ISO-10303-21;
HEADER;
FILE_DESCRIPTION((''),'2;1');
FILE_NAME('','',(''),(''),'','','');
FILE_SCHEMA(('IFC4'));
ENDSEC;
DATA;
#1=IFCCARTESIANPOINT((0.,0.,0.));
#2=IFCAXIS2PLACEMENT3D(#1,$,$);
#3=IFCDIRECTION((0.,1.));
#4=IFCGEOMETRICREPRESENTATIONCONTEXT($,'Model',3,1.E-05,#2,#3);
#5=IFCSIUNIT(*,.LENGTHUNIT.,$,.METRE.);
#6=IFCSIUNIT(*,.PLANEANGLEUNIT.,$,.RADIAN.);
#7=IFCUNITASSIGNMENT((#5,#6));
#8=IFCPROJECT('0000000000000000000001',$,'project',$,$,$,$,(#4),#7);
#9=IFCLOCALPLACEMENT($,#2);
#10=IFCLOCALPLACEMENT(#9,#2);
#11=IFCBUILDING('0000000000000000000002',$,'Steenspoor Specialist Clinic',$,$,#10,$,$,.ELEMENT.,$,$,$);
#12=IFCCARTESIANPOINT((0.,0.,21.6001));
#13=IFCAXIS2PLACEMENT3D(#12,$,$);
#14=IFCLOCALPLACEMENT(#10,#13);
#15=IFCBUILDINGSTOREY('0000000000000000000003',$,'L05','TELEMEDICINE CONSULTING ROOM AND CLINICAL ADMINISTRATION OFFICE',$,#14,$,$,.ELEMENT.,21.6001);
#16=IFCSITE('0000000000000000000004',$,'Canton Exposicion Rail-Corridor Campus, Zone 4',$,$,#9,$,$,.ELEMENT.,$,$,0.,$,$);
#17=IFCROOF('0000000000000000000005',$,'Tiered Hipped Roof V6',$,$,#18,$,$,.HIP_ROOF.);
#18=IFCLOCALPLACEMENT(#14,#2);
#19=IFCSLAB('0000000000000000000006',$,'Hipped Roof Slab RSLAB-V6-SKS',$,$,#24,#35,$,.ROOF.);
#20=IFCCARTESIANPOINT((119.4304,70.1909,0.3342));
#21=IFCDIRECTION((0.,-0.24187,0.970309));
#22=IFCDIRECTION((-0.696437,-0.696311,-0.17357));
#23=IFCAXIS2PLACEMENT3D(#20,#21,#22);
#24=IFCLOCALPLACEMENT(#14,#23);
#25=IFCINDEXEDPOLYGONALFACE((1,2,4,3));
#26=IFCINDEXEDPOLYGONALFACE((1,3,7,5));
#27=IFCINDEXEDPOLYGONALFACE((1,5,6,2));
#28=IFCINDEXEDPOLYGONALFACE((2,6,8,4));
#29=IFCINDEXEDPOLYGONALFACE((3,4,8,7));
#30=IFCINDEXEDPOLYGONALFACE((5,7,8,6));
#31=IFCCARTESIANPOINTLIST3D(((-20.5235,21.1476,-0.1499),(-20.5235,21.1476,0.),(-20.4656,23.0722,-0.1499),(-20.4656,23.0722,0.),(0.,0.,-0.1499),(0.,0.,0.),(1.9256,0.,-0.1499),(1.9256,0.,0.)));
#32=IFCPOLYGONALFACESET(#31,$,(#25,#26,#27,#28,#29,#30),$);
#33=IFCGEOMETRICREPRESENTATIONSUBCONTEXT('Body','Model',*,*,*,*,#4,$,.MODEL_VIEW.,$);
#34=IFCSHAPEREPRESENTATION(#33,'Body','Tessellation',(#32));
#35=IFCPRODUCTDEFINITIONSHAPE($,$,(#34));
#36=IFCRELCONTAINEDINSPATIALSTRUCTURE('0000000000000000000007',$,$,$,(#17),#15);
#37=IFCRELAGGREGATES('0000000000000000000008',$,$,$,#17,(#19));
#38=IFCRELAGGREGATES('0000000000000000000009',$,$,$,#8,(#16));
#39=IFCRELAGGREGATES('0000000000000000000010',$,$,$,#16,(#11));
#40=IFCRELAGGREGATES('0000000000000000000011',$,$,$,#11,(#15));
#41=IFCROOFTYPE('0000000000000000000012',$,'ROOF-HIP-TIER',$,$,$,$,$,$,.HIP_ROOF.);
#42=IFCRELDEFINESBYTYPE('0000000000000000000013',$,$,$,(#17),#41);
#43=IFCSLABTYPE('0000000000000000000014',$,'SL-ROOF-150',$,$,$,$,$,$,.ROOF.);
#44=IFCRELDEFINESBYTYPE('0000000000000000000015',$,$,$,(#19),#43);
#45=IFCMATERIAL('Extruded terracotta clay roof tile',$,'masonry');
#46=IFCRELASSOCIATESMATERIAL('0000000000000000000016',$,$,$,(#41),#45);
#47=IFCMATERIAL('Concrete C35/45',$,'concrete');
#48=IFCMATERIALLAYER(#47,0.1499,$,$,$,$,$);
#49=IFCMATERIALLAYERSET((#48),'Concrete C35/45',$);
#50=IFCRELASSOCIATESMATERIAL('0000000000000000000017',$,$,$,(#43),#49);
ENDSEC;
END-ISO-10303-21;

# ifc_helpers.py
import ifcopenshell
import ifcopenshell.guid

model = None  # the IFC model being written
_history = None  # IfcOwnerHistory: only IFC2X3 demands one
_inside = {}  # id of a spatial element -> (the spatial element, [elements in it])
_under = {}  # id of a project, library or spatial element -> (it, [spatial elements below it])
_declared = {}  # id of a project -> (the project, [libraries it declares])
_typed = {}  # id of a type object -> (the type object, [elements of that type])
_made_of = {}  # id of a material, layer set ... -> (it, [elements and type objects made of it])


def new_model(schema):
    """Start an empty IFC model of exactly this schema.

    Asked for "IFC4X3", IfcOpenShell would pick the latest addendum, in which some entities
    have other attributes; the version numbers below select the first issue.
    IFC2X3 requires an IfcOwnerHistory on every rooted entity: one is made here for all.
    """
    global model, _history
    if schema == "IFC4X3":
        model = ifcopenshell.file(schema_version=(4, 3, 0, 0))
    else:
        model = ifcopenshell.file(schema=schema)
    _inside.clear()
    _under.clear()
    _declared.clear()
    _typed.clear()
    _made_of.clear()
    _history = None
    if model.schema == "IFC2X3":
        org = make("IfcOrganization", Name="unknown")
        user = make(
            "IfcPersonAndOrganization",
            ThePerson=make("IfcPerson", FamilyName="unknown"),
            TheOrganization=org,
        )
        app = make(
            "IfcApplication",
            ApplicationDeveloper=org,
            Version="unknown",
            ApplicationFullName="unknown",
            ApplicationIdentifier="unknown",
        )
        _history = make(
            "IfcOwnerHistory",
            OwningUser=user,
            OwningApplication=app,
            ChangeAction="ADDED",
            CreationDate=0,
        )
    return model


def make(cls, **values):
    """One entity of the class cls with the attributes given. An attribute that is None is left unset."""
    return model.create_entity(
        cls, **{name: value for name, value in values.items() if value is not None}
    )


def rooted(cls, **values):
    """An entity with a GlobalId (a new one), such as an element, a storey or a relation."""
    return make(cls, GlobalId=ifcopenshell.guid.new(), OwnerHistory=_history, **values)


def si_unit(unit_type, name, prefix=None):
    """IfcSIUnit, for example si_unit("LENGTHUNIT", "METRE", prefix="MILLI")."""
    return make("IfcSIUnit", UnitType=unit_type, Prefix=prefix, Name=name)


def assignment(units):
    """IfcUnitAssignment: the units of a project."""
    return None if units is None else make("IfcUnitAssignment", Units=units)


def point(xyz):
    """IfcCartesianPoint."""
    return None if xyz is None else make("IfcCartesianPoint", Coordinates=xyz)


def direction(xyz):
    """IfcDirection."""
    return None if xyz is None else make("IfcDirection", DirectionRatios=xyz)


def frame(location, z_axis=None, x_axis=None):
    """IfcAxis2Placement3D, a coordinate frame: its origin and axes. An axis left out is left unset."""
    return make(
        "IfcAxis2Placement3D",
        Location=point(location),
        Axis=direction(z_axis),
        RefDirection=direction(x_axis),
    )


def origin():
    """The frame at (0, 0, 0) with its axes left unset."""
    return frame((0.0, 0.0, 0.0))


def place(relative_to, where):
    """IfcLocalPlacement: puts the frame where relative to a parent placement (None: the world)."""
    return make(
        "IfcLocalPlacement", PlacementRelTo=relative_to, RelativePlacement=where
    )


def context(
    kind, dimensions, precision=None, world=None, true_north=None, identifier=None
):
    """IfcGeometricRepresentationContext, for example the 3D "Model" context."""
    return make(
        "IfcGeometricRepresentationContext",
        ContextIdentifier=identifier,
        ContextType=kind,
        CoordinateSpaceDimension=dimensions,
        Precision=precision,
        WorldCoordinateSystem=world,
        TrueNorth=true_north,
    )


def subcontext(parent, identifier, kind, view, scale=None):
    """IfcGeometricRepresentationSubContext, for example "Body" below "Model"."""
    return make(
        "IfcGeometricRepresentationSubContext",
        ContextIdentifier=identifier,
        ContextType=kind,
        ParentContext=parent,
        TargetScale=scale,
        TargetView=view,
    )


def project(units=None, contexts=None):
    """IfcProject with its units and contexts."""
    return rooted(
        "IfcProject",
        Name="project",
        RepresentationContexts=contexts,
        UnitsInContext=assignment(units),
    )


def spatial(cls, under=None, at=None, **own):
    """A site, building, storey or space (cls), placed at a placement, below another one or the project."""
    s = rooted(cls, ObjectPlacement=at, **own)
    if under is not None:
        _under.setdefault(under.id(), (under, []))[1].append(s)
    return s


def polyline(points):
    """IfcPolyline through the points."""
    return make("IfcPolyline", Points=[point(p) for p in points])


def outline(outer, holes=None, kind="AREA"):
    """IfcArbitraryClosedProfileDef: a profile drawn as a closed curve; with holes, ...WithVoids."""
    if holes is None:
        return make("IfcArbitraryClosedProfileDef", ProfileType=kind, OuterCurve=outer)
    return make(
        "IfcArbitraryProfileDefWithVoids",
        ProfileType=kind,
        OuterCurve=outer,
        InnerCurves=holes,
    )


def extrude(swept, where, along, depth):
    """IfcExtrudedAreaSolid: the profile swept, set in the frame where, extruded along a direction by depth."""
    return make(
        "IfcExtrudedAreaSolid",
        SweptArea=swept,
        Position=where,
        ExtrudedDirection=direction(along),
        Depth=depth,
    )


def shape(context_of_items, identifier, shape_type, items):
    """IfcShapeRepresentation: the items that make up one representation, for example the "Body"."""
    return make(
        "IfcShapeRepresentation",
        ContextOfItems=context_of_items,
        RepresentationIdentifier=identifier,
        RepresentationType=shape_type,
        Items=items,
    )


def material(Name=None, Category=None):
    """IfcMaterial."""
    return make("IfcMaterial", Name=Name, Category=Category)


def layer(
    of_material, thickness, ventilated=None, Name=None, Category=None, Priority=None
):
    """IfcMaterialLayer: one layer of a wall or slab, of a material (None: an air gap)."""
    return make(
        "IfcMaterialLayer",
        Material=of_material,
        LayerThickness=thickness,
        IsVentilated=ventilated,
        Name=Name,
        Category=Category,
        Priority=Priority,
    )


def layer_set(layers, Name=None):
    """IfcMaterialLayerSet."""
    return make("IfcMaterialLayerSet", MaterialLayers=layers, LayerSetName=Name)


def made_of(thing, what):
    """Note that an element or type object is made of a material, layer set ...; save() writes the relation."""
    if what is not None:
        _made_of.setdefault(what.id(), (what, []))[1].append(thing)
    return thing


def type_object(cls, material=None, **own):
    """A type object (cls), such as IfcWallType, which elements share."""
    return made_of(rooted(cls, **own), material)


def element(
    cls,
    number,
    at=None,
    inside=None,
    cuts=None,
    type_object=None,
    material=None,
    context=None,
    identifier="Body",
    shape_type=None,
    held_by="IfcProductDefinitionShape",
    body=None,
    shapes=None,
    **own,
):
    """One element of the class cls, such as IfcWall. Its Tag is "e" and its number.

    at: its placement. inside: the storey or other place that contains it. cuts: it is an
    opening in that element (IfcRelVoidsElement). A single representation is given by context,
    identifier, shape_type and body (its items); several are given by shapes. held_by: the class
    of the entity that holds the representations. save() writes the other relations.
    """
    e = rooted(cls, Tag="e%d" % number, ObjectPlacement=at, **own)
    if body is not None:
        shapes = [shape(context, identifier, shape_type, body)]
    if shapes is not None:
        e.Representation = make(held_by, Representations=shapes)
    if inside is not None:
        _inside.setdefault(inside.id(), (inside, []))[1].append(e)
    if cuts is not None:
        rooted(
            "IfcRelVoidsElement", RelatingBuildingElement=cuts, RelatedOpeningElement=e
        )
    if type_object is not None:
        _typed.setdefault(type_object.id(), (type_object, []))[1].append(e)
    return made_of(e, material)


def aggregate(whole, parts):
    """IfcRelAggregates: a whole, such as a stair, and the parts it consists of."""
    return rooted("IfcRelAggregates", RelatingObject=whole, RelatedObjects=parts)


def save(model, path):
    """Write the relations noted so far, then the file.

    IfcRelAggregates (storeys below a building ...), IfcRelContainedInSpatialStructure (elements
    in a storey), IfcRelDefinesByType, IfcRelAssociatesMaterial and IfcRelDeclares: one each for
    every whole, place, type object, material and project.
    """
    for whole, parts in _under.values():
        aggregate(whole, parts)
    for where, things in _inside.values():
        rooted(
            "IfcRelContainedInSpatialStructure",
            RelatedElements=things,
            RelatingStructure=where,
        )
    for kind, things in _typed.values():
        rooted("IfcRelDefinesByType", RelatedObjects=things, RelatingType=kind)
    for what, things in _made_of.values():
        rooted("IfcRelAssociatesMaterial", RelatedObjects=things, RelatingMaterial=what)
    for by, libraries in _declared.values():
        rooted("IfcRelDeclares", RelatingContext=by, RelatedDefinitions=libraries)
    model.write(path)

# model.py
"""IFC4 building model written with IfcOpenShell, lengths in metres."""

from ifc_helpers import new_model, si_unit, direction, frame, origin, place, context, subcontext, project, spatial, polyline, outline, extrude, material, layer, layer_set, type_object, element, aggregate, save


model = new_model("IFC4")

# Units and contexts
model_context = context("Model", 3, precision=1e-05, world=origin(), true_north=direction((0.0, 1.0)))
body_context = subcontext(model_context, "Body", "Model", "MODEL_VIEW")
ifc_project = project(units=[si_unit("LENGTHUNIT", "METRE"), si_unit("PLANEANGLEUNIT", "RADIAN")], contexts=[model_context])

# Site, building, storey
site_placement = place(None, origin())
site = spatial("IfcSite", under=ifc_project, at=site_placement, Name="Canton Exposicion Rail-Corridor Campus, Zone 4", CompositionType="ELEMENT", RefElevation=0.0)
building_placement = place(site_placement, origin())
building = spatial("IfcBuilding", under=site, at=building_placement, Name="Steenspoor Specialist Clinic", CompositionType="ELEMENT")
storey_placement = place(building_placement, frame((0.0, 0.0, 21.6001)))
storey = spatial("IfcBuildingStorey", under=building, at=storey_placement, Name="L05", Description="TELEMEDICINE CONSULTING ROOM AND CLINICAL ADMINISTRATION OFFICE", CompositionType="ELEMENT", Elevation=21.6001)

# Roof, slab
ifc_material_1 = material(Name="Extruded terracotta clay roof tile", Category="masonry")
roof_type = type_object("IfcRoofType", Name="ROOF-HIP-TIER", PredefinedType="HIP_ROOF", material=ifc_material_1)
roof_placement = place(storey_placement, origin())
roof = element("IfcRoof", 1, at=roof_placement, inside=storey, type_object=roof_type, Name="Tiered Hipped Roof V6", PredefinedType="HIP_ROOF")
ifc_material_2 = material(Name="Concrete C35/45", Category="concrete")
ifc_layer_1 = layer(ifc_material_2, 0.1499)
ifc_layer_set_1 = layer_set([ifc_layer_1], Name="Concrete C35/45")
slab_type = type_object("IfcSlabType", Name="SL-ROOF-150", PredefinedType="ROOF", material=ifc_layer_set_1)
slab_placement = place(storey_placement, frame((119.4304, 70.1909, 0.3342), z_axis=(0.0, -0.24187, 0.970309), x_axis=(-0.696437, -0.696311, -0.17357)))
slab = element("IfcSlab", 2, at=slab_placement, type_object=slab_type, Name="Hipped Roof Slab RSLAB-V6-SKS", PredefinedType="ROOF", context=body_context, shape_type="SweptSolid", body=[
    extrude(outline(polyline([(0.0, 0.0), (1.9256, 0.0), (-20.4656, 23.0722), (-20.5235, 21.1476), (0.0, 0.0)])), origin(), (0.0, 0.0, -1.0), 0.1499),
])
aggregate(roof, [slab])

save(model, "model.ifc")
